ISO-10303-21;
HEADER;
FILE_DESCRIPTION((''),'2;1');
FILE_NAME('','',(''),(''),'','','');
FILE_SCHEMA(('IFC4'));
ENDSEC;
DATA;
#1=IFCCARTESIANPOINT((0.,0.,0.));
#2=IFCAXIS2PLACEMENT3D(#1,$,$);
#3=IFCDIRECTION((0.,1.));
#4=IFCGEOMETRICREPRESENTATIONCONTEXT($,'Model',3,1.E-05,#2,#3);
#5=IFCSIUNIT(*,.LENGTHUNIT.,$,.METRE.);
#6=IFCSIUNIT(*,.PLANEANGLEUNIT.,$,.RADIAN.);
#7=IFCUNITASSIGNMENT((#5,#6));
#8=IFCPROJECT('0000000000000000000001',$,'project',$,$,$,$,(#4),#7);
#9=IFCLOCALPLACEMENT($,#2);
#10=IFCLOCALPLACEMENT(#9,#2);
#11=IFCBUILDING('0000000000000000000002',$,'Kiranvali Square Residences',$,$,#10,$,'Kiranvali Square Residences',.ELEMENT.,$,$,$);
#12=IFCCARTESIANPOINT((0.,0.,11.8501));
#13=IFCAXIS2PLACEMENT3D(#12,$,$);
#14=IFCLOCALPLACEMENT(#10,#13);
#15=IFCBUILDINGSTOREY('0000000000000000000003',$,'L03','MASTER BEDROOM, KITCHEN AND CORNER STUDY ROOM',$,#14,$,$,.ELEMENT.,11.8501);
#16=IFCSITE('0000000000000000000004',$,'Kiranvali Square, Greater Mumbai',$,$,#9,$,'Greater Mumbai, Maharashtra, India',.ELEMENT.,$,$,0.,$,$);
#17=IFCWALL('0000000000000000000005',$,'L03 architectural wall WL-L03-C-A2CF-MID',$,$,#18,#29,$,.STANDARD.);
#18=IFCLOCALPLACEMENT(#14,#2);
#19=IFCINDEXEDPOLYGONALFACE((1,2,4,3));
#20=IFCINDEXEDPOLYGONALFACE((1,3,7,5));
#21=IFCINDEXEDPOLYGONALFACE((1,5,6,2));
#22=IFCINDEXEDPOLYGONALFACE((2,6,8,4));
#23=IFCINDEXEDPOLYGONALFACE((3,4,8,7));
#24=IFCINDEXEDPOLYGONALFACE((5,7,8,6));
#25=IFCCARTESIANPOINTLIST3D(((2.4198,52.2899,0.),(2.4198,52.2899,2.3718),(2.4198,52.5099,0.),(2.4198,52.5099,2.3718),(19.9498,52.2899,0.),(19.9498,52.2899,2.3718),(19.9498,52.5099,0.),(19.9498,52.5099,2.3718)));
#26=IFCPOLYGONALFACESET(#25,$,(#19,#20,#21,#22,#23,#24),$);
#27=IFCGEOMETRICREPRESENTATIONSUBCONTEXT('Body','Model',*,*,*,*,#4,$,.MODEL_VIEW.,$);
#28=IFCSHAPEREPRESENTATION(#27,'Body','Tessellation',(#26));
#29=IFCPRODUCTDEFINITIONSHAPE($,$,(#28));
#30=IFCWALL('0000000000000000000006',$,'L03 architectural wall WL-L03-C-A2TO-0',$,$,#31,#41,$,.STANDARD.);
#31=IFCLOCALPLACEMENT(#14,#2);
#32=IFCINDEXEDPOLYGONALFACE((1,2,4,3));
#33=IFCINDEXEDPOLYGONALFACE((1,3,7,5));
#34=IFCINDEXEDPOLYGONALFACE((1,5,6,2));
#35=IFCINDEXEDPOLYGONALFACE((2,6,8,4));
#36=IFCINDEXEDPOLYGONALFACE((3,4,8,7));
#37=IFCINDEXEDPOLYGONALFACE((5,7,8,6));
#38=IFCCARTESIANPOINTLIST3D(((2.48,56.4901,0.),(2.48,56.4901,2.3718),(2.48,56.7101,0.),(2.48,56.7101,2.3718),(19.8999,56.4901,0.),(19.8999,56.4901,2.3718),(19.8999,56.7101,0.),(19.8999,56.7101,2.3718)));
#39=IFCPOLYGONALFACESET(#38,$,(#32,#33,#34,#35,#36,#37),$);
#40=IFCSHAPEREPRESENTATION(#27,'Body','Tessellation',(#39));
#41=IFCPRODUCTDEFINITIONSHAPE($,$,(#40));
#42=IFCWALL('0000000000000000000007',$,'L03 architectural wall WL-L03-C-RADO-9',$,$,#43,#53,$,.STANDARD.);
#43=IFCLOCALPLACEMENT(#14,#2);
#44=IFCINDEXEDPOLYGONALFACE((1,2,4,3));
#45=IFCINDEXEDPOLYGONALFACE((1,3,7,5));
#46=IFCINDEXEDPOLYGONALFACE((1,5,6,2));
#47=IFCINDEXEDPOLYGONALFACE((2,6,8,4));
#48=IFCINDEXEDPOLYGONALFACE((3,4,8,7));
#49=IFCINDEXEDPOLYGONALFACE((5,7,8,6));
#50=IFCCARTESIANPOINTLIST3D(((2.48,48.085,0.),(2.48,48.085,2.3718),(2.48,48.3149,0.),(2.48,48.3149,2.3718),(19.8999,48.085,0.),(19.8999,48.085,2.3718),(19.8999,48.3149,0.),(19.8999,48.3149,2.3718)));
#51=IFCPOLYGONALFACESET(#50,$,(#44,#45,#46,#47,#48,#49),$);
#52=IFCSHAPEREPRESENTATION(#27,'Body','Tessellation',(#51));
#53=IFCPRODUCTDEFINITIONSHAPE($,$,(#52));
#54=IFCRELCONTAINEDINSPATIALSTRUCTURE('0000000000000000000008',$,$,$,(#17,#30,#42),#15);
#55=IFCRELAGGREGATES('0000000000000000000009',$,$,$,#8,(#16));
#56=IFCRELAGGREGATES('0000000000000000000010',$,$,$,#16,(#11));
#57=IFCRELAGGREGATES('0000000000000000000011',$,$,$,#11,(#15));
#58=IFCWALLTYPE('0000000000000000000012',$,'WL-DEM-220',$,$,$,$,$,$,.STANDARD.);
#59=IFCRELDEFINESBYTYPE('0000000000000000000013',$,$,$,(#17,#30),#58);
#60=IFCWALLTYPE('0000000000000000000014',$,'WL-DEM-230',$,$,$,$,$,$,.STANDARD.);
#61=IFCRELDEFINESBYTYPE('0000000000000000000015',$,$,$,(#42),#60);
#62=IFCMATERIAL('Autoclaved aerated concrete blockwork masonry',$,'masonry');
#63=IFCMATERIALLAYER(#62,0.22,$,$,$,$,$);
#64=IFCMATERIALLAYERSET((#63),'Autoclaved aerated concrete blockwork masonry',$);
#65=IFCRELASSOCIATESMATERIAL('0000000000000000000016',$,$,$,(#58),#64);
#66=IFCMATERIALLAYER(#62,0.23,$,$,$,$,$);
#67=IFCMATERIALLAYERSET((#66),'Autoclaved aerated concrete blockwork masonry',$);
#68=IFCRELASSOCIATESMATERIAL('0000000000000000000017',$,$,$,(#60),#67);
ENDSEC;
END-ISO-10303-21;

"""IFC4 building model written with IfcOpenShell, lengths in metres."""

from ifc_helpers import new_model, si_unit, direction, frame, frame_2d, origin, place, context, subcontext, project, spatial, rectangle, extrude, material, layer, layer_set, type_object, element, save


model = new_model("IFC4")

# Units and contexts
model_context = context("Model", 3, precision=1e-05, world=origin(), true_north=direction((0.0, 1.0)))
body_context = subcontext(model_context, "Body", "Model", "MODEL_VIEW")
ifc_project = project(units=[si_unit("LENGTHUNIT", "METRE"), si_unit("PLANEANGLEUNIT", "RADIAN")], contexts=[model_context])

# Site, building, storey
site_placement = place(None, origin())
site = spatial("IfcSite", under=ifc_project, at=site_placement, Name="Kiranvali Square, Greater Mumbai", LongName="Greater Mumbai, Maharashtra, India", CompositionType="ELEMENT", RefElevation=0.0)
building_placement = place(site_placement, origin())
building = spatial("IfcBuilding", under=site, at=building_placement, Name="Kiranvali Square Residences", LongName="Kiranvali Square Residences", CompositionType="ELEMENT")
storey_placement = place(building_placement, frame((0.0, 0.0, 11.8501)))
storey = spatial("IfcBuildingStorey", under=building, at=storey_placement, Name="L03", Description="MASTER BEDROOM, KITCHEN AND CORNER STUDY ROOM", CompositionType="ELEMENT", Elevation=11.8501)

# Shared definitions
ifc_material_1 = material(Name="Autoclaved aerated concrete blockwork masonry", Category="masonry")

# Walls
ifc_layer_1 = layer(ifc_material_1, 0.22)
ifc_layer_set_1 = layer_set([ifc_layer_1], Name="Autoclaved aerated concrete blockwork masonry")
wall_type_1 = type_object("IfcWallType", Name="WL-DEM-220", PredefinedType="STANDARD", material=ifc_layer_set_1)
wall_1_placement = place(storey_placement, frame((19.95, 52.3999, 0.0), z_axis=(0.0, 0.0, 1.0), x_axis=(-1.0, 0.0, 0.0)))
element("IfcWall", 1, at=wall_1_placement, inside=storey, type_object=wall_type_1, Name="L03 architectural wall WL-L03-C-A2CF-MID", PredefinedType="STANDARD", context=body_context, shape_type="SweptSolid", body=[
    extrude(rectangle(XDim=17.53, YDim=0.22, at=frame_2d((8.7651, 0.0))), origin(), (0.0, 0.0, 1.0), 2.3718),
])
wall_2_placement = place(storey_placement, frame((19.8999, 56.6001, 0.0), z_axis=(0.0, 0.0, 1.0), x_axis=(-1.0, 0.0, 0.0)))
element("IfcWall", 2, at=wall_2_placement, inside=storey, type_object=wall_type_1, Name="L03 architectural wall WL-L03-C-A2TO-0", PredefinedType="STANDARD", context=body_context, shape_type="SweptSolid", body=[
    extrude(rectangle(XDim=17.4199, YDim=0.22, at=frame_2d((8.71, 0.0))), origin(), (0.0, 0.0, 1.0), 2.3718),
])
ifc_layer_2 = layer(ifc_material_1, 0.23)
ifc_layer_set_2 = layer_set([ifc_layer_2], Name="Autoclaved aerated concrete blockwork masonry")
wall_type_2 = type_object("IfcWallType", Name="WL-DEM-230", PredefinedType="STANDARD", material=ifc_layer_set_2)
wall_3_placement = place(storey_placement, frame((19.8999, 48.2, 0.0), z_axis=(0.0, 0.0, 1.0), x_axis=(-1.0, 0.0, 0.0)))
element("IfcWall", 3, at=wall_3_placement, inside=storey, type_object=wall_type_2, Name="L03 architectural wall WL-L03-C-RADO-9", PredefinedType="STANDARD", context=body_context, shape_type="SweptSolid", body=[
    extrude(rectangle(XDim=17.4199, YDim=0.23, at=frame_2d((8.71, 0.0))), origin(), (0.0, 0.0, 1.0), 2.3718),
])

save(model, "model.ifc")
